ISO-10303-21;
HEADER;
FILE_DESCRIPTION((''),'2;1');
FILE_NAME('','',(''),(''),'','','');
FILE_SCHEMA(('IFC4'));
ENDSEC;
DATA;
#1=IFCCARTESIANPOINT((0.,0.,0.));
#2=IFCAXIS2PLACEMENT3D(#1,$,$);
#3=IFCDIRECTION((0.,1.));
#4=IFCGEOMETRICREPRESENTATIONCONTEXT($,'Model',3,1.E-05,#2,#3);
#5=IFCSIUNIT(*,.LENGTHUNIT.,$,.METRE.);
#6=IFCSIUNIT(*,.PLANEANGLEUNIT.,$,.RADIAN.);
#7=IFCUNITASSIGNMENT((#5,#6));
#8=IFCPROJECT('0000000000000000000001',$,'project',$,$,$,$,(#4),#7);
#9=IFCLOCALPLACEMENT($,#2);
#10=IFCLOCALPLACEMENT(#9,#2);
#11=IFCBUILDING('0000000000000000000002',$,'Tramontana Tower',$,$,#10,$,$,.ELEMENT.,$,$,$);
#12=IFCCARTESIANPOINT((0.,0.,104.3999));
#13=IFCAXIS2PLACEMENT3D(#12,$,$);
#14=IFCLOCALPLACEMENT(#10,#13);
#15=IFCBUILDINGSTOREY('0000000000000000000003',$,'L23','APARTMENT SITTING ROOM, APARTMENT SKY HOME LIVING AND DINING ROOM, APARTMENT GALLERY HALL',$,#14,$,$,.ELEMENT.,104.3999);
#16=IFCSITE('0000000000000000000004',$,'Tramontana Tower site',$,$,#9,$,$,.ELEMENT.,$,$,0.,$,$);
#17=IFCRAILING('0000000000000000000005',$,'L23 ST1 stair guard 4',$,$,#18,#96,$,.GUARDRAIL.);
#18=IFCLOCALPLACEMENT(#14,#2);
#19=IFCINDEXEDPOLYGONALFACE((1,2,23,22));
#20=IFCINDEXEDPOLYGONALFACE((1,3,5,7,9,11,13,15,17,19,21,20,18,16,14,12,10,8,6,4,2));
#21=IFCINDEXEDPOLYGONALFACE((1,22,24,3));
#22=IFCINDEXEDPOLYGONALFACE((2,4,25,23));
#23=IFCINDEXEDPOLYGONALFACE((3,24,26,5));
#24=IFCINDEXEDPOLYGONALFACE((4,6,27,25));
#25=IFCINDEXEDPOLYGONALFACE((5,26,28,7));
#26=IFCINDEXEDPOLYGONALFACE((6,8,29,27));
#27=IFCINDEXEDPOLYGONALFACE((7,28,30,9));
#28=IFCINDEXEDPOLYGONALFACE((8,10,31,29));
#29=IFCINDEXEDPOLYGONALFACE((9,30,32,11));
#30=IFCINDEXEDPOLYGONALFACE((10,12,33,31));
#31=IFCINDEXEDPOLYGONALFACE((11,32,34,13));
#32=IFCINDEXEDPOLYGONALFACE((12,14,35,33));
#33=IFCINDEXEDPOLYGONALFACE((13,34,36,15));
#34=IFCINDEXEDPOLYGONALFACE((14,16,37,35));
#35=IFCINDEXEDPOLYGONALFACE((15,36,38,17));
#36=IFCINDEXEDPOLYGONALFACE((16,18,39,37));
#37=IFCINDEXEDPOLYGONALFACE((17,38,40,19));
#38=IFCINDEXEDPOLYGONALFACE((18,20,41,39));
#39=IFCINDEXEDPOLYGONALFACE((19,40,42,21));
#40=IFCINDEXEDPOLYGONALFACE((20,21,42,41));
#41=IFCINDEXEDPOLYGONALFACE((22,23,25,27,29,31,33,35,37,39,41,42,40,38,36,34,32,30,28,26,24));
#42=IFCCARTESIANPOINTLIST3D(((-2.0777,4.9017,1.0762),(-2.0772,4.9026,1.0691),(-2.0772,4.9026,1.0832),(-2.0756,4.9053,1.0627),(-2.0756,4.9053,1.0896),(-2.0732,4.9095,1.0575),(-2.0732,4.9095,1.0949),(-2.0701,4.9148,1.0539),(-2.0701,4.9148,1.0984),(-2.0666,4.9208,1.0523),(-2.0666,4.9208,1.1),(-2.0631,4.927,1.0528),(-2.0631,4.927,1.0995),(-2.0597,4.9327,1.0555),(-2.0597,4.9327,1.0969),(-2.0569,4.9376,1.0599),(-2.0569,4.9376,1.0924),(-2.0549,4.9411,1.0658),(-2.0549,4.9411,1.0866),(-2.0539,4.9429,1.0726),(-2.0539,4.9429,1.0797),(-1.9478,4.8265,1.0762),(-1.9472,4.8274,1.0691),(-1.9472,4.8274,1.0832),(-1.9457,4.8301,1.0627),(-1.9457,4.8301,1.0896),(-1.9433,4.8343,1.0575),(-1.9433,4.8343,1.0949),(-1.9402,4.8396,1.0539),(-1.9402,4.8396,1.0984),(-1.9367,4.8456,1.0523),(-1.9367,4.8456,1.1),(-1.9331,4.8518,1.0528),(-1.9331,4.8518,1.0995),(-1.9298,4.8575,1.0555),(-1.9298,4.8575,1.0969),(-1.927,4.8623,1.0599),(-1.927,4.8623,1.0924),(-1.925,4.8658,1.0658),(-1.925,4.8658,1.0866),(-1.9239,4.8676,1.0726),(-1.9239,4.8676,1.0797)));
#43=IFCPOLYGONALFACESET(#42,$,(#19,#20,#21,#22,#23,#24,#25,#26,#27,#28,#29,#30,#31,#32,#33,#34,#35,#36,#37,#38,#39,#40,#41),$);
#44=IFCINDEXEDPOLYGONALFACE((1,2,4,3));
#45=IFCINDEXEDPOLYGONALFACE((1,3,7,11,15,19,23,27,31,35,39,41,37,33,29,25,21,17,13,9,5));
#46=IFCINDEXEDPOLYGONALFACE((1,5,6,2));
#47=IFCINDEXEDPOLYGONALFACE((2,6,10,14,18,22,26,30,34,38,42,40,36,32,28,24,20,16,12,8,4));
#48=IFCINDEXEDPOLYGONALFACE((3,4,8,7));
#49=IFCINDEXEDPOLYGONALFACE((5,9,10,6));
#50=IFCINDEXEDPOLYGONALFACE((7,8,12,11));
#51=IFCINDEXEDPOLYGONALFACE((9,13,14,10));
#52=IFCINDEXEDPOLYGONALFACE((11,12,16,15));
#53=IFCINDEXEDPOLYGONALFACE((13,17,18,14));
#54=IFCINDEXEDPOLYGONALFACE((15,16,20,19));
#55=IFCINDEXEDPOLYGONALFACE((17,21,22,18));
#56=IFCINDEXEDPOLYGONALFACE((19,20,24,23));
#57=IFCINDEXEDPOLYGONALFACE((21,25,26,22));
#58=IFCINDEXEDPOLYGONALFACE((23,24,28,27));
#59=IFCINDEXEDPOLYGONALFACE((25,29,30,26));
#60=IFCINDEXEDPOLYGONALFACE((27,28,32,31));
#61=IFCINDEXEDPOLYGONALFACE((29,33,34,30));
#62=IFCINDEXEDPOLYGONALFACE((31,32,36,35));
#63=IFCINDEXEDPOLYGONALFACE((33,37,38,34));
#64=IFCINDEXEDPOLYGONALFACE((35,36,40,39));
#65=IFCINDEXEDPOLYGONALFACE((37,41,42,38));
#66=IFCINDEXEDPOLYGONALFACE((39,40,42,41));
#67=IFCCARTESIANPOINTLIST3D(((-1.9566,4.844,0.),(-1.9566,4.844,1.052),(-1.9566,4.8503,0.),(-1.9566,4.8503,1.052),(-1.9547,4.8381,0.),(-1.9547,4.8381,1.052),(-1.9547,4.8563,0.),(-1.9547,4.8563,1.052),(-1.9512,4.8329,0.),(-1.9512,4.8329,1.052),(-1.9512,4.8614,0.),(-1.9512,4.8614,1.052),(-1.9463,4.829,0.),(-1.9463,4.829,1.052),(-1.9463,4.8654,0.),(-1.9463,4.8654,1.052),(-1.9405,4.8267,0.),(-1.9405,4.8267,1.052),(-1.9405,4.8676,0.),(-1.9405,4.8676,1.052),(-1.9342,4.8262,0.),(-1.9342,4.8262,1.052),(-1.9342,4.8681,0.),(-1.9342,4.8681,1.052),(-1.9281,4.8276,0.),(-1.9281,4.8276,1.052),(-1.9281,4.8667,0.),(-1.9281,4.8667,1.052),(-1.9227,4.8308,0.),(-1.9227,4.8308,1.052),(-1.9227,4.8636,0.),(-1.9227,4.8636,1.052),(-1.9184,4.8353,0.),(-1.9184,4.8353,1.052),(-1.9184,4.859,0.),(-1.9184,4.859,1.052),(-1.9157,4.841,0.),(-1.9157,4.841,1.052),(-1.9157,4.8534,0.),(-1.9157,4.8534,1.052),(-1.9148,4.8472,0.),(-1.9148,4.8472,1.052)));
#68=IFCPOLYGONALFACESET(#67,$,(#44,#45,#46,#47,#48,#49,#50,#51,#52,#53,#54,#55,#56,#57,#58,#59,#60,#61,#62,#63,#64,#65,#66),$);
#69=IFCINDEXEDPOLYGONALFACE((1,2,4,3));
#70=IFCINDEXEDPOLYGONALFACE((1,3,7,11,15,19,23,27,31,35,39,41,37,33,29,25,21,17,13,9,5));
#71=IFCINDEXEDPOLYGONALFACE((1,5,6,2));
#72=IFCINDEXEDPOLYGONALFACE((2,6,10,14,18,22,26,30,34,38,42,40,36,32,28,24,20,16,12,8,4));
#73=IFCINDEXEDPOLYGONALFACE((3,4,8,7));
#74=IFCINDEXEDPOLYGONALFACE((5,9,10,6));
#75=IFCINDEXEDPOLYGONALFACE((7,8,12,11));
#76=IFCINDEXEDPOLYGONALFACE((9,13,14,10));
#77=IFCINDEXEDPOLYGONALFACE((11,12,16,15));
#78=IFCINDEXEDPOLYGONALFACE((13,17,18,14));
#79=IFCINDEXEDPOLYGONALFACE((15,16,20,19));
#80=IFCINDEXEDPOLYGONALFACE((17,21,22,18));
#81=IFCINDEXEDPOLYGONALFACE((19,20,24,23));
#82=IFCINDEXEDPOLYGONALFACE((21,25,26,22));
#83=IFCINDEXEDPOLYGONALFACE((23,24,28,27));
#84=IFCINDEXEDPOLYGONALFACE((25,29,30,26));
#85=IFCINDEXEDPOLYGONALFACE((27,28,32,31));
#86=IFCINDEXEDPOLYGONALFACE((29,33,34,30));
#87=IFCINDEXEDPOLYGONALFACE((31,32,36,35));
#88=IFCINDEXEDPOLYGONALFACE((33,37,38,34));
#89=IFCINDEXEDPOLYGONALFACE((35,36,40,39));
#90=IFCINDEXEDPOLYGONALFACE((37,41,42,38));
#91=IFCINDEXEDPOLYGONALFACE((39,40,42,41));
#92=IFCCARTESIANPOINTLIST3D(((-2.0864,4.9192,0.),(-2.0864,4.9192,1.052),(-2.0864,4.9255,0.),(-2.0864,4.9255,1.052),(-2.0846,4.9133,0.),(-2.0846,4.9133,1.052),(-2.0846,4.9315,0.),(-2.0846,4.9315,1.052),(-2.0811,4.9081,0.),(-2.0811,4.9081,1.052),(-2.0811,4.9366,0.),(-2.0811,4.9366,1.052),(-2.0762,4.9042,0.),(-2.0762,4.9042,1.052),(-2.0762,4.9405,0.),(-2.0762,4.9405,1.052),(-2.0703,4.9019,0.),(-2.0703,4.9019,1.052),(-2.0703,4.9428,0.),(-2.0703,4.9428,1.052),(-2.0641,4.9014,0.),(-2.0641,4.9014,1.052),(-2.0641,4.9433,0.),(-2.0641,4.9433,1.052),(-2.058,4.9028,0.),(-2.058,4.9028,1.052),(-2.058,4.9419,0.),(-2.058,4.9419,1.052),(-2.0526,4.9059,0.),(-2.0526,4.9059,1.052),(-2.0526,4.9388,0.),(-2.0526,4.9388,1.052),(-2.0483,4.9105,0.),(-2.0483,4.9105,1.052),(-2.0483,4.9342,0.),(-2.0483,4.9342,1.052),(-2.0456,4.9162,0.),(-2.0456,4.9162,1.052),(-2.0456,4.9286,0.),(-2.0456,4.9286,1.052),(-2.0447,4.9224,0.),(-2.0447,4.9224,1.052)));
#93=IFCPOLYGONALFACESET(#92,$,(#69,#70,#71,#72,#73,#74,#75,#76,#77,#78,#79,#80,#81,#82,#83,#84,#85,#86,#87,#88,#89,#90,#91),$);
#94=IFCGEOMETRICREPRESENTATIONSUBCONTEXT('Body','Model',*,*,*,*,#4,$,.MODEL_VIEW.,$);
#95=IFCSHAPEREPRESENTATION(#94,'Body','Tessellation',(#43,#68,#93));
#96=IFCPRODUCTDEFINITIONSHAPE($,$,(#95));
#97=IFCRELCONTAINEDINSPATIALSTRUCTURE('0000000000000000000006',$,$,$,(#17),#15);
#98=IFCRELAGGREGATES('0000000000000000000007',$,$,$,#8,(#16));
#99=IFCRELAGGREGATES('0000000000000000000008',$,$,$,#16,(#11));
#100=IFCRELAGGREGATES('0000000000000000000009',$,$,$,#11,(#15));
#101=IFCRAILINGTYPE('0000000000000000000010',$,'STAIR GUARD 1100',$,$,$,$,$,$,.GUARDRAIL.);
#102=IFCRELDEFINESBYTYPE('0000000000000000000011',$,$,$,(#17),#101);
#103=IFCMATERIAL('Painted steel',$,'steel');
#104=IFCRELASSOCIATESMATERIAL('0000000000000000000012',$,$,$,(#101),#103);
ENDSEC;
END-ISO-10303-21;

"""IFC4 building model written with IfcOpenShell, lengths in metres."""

from ifc_helpers import new_model, si_unit, direction, frame, origin, origin_2d, place, context, subcontext, project, spatial, circle, extrude, material, type_object, element, save


model = new_model("IFC4")

# Units and contexts
model_context = context("Model", 3, precision=1e-05, world=origin(), true_north=direction((0.0, 1.0)))
body_context = subcontext(model_context, "Body", "Model", "MODEL_VIEW")
ifc_project = project(units=[si_unit("LENGTHUNIT", "METRE"), si_unit("PLANEANGLEUNIT", "RADIAN")], contexts=[model_context])

# Site, building, storey
site_placement = place(None, origin())
site = spatial("IfcSite", under=ifc_project, at=site_placement, Name="Tramontana Tower site", CompositionType="ELEMENT", RefElevation=0.0)
building_placement = place(site_placement, origin())
building = spatial("IfcBuilding", under=site, at=building_placement, Name="Tramontana Tower", CompositionType="ELEMENT")
storey_placement = place(building_placement, frame((0.0, 0.0, 104.3999)))
storey = spatial("IfcBuildingStorey", under=building, at=storey_placement, Name="L23", Description="APARTMENT SITTING ROOM, APARTMENT SKY HOME LIVING AND DINING ROOM, APARTMENT GALLERY HALL", CompositionType="ELEMENT", Elevation=104.3999)

# Railing
ifc_material_1 = material(Name="Painted steel", Category="steel")
railing_type_1 = type_object("IfcRailingType", Name="STAIR GUARD 1100", PredefinedType="GUARDRAIL", material=ifc_material_1)
railing_1_placement = place(storey_placement, frame((-1.9358, 4.8472, 0.0)))
element("IfcRailing", 1, at=railing_1_placement, inside=storey, type_object=railing_type_1, Name="L23 ST1 stair guard 4", PredefinedType="GUARDRAIL", context=body_context, shape_type="SweptSolid", body=[
    extrude(circle(Radius=0.0239, at=origin_2d()), frame((0.0, 0.0, 1.0762), z_axis=(-0.865426, 0.501036, 0.0), x_axis=(-0.501036, -0.865426, 0.0)), (0.0, 0.0, 1.0), 0.1501),
    extrude(circle(Radius=0.021, at=origin_2d()), origin(), (0.0, 0.0, 1.0), 1.052),
    extrude(circle(Radius=0.021, at=origin_2d()), frame((-0.1299, 0.0752, 0.0)), (0.0, 0.0, 1.0), 1.052),
])

save(model, "model.ifc")
